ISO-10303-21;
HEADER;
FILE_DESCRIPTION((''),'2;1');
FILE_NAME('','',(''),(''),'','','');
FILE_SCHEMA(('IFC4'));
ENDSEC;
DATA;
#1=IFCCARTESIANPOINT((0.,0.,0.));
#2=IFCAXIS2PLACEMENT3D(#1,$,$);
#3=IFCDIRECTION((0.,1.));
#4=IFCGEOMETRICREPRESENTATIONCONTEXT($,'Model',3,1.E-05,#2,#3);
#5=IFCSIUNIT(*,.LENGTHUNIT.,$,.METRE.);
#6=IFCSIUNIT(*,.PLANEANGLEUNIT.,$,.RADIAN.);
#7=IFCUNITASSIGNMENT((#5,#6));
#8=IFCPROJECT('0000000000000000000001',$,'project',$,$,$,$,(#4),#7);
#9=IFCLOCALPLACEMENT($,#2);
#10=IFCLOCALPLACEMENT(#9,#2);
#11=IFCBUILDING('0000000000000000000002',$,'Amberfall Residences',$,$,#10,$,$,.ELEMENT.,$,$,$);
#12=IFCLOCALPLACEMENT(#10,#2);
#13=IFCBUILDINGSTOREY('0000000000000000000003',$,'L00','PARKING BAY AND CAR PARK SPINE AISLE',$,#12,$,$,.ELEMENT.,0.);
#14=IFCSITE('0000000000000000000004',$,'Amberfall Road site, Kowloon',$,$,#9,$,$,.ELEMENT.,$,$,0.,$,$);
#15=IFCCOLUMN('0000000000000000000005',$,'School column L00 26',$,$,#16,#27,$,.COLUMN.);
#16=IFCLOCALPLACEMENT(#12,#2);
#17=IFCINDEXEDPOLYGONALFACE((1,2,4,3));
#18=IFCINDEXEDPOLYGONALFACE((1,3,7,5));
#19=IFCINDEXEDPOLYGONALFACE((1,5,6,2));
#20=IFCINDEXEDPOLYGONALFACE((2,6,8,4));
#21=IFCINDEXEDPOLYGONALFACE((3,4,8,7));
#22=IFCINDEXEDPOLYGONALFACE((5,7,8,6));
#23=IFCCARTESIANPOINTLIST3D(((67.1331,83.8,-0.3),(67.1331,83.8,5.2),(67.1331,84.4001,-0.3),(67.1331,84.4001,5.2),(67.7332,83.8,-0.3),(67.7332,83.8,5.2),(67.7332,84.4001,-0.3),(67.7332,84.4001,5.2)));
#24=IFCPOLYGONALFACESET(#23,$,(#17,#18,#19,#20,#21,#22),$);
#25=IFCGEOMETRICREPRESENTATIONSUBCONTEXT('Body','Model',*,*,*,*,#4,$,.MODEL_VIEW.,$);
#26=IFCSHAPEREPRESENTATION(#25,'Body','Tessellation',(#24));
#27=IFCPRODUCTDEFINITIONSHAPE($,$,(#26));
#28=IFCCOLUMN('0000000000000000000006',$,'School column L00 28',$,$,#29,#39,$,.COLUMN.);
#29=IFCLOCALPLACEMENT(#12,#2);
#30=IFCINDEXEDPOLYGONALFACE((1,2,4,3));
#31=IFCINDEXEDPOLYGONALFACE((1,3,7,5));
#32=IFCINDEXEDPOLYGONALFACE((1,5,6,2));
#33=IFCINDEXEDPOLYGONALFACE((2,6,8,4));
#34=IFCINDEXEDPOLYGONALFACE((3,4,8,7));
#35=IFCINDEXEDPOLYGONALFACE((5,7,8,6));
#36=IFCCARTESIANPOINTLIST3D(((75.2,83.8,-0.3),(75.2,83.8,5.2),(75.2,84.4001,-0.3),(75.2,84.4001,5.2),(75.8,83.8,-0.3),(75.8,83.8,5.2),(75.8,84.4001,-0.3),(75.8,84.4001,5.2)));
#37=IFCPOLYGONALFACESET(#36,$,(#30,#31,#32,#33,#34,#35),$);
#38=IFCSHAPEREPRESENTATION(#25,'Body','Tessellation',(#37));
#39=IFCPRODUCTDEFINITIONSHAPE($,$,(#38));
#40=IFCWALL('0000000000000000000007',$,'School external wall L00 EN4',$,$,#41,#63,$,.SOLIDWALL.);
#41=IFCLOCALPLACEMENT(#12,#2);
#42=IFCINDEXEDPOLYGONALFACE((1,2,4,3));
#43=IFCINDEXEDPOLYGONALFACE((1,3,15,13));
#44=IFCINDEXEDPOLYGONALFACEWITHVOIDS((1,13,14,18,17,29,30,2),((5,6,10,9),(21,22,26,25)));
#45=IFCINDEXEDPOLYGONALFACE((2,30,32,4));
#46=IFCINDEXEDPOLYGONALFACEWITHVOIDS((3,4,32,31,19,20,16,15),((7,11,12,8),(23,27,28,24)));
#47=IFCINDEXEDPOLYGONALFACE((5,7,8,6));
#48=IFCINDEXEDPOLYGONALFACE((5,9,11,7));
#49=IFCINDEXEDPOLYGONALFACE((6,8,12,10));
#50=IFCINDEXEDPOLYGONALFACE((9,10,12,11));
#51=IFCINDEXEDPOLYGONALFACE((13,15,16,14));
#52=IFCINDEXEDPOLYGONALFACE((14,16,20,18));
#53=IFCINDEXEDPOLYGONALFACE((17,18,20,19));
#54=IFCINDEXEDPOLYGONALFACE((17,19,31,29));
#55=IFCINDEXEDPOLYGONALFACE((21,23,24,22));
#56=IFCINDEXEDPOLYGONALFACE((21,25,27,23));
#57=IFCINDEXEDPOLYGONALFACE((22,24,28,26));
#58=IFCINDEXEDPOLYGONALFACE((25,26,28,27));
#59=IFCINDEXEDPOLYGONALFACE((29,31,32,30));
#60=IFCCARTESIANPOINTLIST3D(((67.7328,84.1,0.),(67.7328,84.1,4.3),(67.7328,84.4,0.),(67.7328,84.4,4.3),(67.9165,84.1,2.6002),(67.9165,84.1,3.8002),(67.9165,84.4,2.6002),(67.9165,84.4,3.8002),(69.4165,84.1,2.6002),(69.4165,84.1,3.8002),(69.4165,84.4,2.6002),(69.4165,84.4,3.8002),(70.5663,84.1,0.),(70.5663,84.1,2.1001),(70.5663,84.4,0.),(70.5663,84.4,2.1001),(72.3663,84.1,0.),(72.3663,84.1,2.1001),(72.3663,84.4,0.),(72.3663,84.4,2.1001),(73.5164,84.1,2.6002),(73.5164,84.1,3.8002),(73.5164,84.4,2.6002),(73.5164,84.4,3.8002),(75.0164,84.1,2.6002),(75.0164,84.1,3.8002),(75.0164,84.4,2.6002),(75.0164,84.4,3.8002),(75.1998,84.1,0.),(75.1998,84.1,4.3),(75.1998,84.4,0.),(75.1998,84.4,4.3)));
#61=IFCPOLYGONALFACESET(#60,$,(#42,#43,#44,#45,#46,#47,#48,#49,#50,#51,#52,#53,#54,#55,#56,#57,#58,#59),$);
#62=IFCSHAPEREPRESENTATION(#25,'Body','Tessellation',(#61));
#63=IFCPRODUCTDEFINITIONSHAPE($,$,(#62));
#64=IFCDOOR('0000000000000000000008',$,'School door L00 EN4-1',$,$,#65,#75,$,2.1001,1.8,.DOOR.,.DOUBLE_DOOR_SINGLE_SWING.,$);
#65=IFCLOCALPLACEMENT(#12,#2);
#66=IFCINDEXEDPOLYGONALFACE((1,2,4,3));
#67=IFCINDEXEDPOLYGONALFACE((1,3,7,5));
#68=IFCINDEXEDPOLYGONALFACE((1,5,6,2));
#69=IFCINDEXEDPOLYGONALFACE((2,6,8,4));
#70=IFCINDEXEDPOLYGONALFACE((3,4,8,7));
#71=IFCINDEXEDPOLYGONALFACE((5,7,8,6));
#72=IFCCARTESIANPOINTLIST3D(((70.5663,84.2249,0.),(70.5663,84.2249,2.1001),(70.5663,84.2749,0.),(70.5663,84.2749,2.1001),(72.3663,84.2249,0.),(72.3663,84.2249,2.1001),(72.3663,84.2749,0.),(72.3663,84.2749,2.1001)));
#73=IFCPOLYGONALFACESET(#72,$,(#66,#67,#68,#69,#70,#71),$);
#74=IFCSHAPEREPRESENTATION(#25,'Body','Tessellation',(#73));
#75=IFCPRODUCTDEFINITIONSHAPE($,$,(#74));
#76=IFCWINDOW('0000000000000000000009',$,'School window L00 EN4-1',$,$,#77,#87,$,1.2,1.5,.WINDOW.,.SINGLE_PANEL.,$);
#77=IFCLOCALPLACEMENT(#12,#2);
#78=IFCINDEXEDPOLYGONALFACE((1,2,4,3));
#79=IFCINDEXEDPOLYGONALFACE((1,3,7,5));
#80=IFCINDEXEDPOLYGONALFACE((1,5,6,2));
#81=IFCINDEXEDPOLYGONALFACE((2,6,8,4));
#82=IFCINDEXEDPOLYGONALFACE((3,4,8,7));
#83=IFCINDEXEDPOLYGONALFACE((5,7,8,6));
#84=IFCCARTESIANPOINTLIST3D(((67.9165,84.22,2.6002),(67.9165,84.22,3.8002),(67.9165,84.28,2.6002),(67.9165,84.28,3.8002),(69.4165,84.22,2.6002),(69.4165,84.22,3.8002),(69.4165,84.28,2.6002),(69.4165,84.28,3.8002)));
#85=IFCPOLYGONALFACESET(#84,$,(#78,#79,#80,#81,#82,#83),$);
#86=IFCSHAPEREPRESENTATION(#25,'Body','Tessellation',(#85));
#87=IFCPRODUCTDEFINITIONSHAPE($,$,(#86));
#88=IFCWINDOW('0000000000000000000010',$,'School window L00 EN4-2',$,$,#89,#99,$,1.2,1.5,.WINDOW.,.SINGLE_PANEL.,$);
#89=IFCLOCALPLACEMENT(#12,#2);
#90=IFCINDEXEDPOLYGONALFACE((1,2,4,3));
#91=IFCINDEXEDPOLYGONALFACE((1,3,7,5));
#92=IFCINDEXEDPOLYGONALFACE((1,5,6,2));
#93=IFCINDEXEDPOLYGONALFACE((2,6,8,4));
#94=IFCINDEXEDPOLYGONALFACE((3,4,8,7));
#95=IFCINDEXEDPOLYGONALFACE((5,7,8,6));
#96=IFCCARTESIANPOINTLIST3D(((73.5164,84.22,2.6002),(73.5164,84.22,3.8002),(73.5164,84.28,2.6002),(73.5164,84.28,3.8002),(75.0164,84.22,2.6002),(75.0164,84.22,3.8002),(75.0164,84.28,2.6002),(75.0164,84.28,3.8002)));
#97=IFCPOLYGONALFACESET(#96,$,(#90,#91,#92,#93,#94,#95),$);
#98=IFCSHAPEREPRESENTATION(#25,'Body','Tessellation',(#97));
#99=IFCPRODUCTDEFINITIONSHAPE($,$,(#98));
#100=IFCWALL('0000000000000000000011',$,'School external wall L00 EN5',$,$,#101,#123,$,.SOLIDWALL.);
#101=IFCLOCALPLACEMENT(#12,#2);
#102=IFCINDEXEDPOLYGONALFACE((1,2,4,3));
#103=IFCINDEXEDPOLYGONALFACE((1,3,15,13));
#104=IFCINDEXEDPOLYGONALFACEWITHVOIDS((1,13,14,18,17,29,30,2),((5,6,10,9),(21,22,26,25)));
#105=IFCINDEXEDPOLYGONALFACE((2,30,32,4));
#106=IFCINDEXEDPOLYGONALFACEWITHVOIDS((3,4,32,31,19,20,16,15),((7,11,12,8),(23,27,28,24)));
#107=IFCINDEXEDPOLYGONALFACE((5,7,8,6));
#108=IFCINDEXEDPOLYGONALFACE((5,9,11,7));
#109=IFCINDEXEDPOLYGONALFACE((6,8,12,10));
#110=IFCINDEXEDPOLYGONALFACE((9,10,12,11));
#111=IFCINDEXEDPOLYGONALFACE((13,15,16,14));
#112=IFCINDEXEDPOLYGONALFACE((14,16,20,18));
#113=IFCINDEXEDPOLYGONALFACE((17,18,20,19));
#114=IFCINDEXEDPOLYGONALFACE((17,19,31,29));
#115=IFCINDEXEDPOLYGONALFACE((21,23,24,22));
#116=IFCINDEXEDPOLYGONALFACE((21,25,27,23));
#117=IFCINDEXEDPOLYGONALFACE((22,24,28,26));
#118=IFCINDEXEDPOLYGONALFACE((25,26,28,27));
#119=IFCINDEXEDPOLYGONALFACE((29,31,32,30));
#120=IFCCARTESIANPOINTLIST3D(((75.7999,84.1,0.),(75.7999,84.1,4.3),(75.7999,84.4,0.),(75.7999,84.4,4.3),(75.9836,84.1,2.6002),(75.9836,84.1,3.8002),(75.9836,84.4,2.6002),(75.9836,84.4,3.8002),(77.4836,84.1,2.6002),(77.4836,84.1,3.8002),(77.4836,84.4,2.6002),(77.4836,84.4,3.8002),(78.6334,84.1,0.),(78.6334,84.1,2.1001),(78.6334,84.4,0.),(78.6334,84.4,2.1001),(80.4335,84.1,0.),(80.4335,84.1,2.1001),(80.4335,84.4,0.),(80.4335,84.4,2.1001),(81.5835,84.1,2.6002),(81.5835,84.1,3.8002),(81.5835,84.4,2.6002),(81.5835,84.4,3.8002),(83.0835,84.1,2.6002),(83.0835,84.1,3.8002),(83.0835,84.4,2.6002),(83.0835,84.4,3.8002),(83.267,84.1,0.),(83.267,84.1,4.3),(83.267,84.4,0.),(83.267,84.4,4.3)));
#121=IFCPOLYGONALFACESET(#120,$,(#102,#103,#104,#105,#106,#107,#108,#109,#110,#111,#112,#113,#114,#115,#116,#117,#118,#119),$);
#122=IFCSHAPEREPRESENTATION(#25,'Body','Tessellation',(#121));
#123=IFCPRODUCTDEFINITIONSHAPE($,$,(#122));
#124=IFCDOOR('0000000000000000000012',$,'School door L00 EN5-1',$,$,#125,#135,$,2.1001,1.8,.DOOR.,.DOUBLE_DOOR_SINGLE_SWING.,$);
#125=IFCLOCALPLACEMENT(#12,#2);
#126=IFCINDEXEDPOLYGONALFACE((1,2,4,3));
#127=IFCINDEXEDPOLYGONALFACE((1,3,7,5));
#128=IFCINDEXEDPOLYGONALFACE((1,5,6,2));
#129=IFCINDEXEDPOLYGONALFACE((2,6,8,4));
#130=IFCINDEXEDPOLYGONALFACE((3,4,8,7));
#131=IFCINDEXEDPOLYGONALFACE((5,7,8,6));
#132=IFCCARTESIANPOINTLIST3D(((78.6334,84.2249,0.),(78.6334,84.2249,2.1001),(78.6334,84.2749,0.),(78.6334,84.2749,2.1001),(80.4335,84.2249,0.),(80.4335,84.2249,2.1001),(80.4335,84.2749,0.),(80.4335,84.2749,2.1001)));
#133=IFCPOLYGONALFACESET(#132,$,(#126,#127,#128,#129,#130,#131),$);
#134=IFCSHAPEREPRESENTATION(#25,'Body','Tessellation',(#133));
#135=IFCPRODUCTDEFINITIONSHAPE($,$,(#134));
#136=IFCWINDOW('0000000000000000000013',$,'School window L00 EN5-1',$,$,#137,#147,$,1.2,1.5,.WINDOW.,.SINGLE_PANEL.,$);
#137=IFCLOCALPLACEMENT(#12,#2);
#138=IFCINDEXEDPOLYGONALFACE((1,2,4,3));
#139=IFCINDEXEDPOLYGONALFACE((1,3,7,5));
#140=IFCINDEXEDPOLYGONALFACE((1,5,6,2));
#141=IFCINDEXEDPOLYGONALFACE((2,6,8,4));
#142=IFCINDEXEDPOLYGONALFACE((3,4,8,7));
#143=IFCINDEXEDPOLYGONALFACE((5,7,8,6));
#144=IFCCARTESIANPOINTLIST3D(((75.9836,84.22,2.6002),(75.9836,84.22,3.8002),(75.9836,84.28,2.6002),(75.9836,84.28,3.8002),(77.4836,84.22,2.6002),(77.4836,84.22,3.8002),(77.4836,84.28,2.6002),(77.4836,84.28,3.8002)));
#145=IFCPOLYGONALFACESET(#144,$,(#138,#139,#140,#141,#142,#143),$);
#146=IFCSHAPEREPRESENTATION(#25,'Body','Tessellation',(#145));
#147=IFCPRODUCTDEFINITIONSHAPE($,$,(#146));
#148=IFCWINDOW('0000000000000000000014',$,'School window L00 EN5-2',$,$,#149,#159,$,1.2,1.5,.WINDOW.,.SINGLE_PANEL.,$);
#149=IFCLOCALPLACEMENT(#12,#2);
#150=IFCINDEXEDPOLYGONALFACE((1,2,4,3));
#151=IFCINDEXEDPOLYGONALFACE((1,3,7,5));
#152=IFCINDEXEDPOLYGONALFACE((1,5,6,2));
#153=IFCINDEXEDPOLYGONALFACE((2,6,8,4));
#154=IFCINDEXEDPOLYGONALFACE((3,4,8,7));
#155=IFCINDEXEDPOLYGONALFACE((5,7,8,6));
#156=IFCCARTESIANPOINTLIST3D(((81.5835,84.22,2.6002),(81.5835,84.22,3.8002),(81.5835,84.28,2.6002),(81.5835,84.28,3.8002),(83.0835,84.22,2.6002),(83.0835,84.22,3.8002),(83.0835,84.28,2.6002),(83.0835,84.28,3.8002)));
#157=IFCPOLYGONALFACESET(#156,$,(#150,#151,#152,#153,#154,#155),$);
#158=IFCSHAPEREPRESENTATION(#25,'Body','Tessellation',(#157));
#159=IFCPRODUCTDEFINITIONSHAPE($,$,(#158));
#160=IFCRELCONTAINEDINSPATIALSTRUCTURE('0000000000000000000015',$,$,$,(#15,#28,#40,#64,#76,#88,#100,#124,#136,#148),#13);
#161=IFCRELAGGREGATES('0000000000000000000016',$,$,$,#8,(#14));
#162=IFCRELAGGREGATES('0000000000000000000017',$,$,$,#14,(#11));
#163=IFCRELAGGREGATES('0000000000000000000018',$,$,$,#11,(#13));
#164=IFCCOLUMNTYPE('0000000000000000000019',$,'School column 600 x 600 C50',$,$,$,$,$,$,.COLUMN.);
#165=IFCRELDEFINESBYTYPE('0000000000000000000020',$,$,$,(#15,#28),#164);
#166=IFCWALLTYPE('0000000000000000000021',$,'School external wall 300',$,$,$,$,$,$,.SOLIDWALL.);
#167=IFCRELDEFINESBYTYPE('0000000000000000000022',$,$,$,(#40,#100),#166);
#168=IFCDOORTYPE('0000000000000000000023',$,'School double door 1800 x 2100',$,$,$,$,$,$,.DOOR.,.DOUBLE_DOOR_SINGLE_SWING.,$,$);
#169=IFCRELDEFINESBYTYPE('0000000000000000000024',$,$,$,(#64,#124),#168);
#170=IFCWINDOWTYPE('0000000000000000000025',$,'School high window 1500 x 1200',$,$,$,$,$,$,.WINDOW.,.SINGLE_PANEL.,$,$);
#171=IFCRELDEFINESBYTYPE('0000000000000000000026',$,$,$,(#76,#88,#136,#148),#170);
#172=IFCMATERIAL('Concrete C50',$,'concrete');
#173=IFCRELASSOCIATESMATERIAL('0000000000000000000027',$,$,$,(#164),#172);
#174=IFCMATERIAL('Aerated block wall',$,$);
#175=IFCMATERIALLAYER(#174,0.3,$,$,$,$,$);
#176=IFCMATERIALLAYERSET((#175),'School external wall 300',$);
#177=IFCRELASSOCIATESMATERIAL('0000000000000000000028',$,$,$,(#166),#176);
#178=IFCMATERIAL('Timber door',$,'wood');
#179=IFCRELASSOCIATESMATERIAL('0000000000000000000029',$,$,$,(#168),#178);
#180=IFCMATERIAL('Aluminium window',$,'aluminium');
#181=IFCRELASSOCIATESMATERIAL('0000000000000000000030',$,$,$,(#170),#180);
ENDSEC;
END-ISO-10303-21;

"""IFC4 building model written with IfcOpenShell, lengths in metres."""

from ifc_helpers import new_model, si_unit, direction, frame, frame_2d, origin, origin_2d, place, context, subcontext, project, spatial, rectangle, extrude, material, layer, layer_set, material_profile, profile_set, type_object, element, fill, save


model = new_model("IFC4")

# Units and contexts
model_context = context("Model", 3, precision=1e-05, world=origin(), true_north=direction((0.0, 1.0)))
body_context = subcontext(model_context, "Body", "Model", "MODEL_VIEW")
ifc_project = project(units=[si_unit("LENGTHUNIT", "METRE"), si_unit("PLANEANGLEUNIT", "RADIAN")], contexts=[model_context])

# Site, building, storey
site_placement = place(None, origin())
site = spatial("IfcSite", under=ifc_project, at=site_placement, Name="Amberfall Road site, Kowloon", CompositionType="ELEMENT", RefElevation=0.0)
building_placement = place(site_placement, origin())
building = spatial("IfcBuilding", under=site, at=building_placement, Name="Amberfall Residences", CompositionType="ELEMENT")
storey_placement = place(building_placement, origin())
storey = spatial("IfcBuildingStorey", under=building, at=storey_placement, Name="L00", Description="PARKING BAY AND CAR PARK SPINE AISLE", CompositionType="ELEMENT", Elevation=0.0)

# Columns
ifc_material_1 = material(Name="Concrete C50", Category="concrete")
ifc_material_profile = material_profile(ifc_material_1, rectangle(XDim=0.6001, YDim=0.6001, at=origin_2d()), Name="School column 600 x 600 C50")
ifc_profile_set = profile_set([ifc_material_profile], Name="Concrete C50")
column_type = type_object("IfcColumnType", Name="School column 600 x 600 C50", PredefinedType="COLUMN", material=ifc_profile_set)
for number, where, z_axis, x_axis, name in (
    (1, (67.4331, 84.1001, -0.3), (0.0, 0.0, 1.0), (1.0, 0.0, 0.0), "School column L00 26"),
    (2, (75.5, 84.1001, -0.3), (0.0, 0.0, 1.0), (1.0, 0.0, 0.0), "School column L00 28"),
):
    element("IfcColumn", number, at=place(storey_placement, frame(where, z_axis=z_axis, x_axis=x_axis)), inside=storey, type_object=column_type, Name=name, PredefinedType="COLUMN", context=body_context, shape_type="SweptSolid", body=[
        extrude(rectangle(XDim=0.6001, YDim=0.6001, at=origin_2d()), origin(), (0.0, 0.0, 1.0), 5.5),
    ])

# Walls, openings, doors, windows
ifc_material_2 = material(Name="Aerated block wall")
ifc_layer_1 = layer(ifc_material_2, 0.3)
ifc_layer_set_1 = layer_set([ifc_layer_1], Name="School external wall 300")
wall_type_1 = type_object("IfcWallType", Name="School external wall 300", PredefinedType="SOLIDWALL", material=ifc_layer_set_1)
wall_1_placement = place(storey_placement, frame((67.7329, 84.25, 0.0), z_axis=(0.0, 0.0, 1.0), x_axis=(1.0, 0.0, 0.0)))
wall_1 = element("IfcWall", 3, at=wall_1_placement, inside=storey, type_object=wall_type_1, Name="School external wall L00 EN4", PredefinedType="SOLIDWALL", context=body_context, shape_type="SweptSolid", body=[
    extrude(rectangle(XDim=7.467, YDim=0.3, at=frame_2d((3.7334, 0.0))), origin(), (0.0, 0.0, 1.0), 4.3),
])
opening_1_placement = place(wall_1_placement, frame((2.8335, 0.0, 0.0)))
opening_1 = element("IfcOpeningElement", 4, at=opening_1_placement, cuts=wall_1, PredefinedType="OPENING", context=body_context, shape_type="SweptSolid", body=[
    extrude(rectangle(XDim=1.8, YDim=2.1001, at=frame_2d((0.8999, 1.05))), frame((0.0, 0.1599, 0.0), z_axis=(0.0, -1.0, 0.0), x_axis=(1.0, 0.0, 0.0)), (0.0, 0.0, 1.0), 0.3201),
])
opening_2_placement = place(wall_1_placement, frame((0.1836, 0.0, 2.6001)))
opening_2 = element("IfcOpeningElement", 5, at=opening_2_placement, cuts=wall_1, PredefinedType="OPENING", context=body_context, shape_type="SweptSolid", body=[
    extrude(rectangle(XDim=1.5, YDim=1.2, at=frame_2d((0.75, 0.6001))), frame((0.0, 0.1599, 0.0), z_axis=(0.0, -1.0, 0.0), x_axis=(1.0, 0.0, 0.0)), (0.0, 0.0, 1.0), 0.3201),
])
opening_3_placement = place(wall_1_placement, frame((5.7834, 0.0, 2.6001)))
opening_3 = element("IfcOpeningElement", 6, at=opening_3_placement, cuts=wall_1, PredefinedType="OPENING", context=body_context, shape_type="SweptSolid", body=[
    extrude(rectangle(XDim=1.5, YDim=1.2, at=frame_2d((0.75, 0.6001))), frame((0.0, 0.1599, 0.0), z_axis=(0.0, -1.0, 0.0), x_axis=(1.0, 0.0, 0.0)), (0.0, 0.0, 1.0), 0.3201),
])
ifc_material_3 = material(Name="Timber door", Category="wood")
door_type_1 = type_object("IfcDoorType", Name="School double door 1800 x 2100", OperationType="DOUBLE_DOOR_SINGLE_SWING", PredefinedType="DOOR", material=ifc_material_3)
door_1_placement = place(opening_1_placement, origin())
door_1 = element("IfcDoor", 7, at=door_1_placement, inside=storey, type_object=door_type_1, Name="School door L00 EN4-1", OperationType="DOUBLE_DOOR_SINGLE_SWING", OverallHeight=2.1001, OverallWidth=1.8, PredefinedType="DOOR", context=body_context, shape_type="SweptSolid", body=[
    extrude(rectangle(XDim=1.8, YDim=2.1001, at=frame_2d((0.8999, 1.05))), frame((0.0, 0.0249, 0.0), z_axis=(0.0, -1.0, 0.0), x_axis=(1.0, 0.0, 0.0)), (0.0, 0.0, 1.0), 0.05),
])
fill(opening_1, door_1)
ifc_material_4 = material(Name="Aluminium window", Category="aluminium")
window_type = type_object("IfcWindowType", Name="School high window 1500 x 1200", PartitioningType="SINGLE_PANEL", PredefinedType="WINDOW", material=ifc_material_4)
window_1_placement = place(opening_2_placement, origin())
window_1 = element("IfcWindow", 8, at=window_1_placement, inside=storey, type_object=window_type, Name="School window L00 EN4-1", OverallHeight=1.2, OverallWidth=1.5, PartitioningType="SINGLE_PANEL", PredefinedType="WINDOW", context=body_context, shape_type="SweptSolid", body=[
    extrude(rectangle(XDim=1.5, YDim=1.2, at=frame_2d((0.75, 0.6001))), frame((0.0, 0.03, 0.0), z_axis=(0.0, -1.0, 0.0), x_axis=(1.0, 0.0, 0.0)), (0.0, 0.0, 1.0), 0.0601),
])
fill(opening_2, window_1)
window_2_placement = place(opening_3_placement, origin())
window_2 = element("IfcWindow", 9, at=window_2_placement, inside=storey, type_object=window_type, Name="School window L00 EN4-2", OverallHeight=1.2, OverallWidth=1.5, PartitioningType="SINGLE_PANEL", PredefinedType="WINDOW", context=body_context, shape_type="SweptSolid", body=[
    extrude(rectangle(XDim=1.5, YDim=1.2, at=frame_2d((0.75, 0.6001))), frame((0.0, 0.03, 0.0), z_axis=(0.0, -1.0, 0.0), x_axis=(1.0, 0.0, 0.0)), (0.0, 0.0, 1.0), 0.0601),
])
fill(opening_3, window_2)
wall_2_placement = place(storey_placement, frame((75.8, 84.25, 0.0), z_axis=(0.0, 0.0, 1.0), x_axis=(1.0, 0.0, 0.0)))
wall_2 = element("IfcWall", 10, at=wall_2_placement, inside=storey, type_object=wall_type_1, Name="School external wall L00 EN5", PredefinedType="SOLIDWALL", context=body_context, shape_type="SweptSolid", body=[
    extrude(rectangle(XDim=7.467, YDim=0.3, at=frame_2d((3.7334, 0.0))), origin(), (0.0, 0.0, 1.0), 4.3),
])
opening_4_placement = place(wall_2_placement, frame((2.8335, 0.0, 0.0)))
opening_4 = element("IfcOpeningElement", 11, at=opening_4_placement, cuts=wall_2, PredefinedType="OPENING", context=body_context, shape_type="SweptSolid", body=[
    extrude(rectangle(XDim=1.8, YDim=2.1001, at=frame_2d((0.8999, 1.05))), frame((0.0, 0.1599, 0.0), z_axis=(0.0, -1.0, 0.0), x_axis=(1.0, 0.0, 0.0)), (0.0, 0.0, 1.0), 0.3201),
])
opening_5_placement = place(wall_2_placement, frame((0.1836, 0.0, 2.6001)))
opening_5 = element("IfcOpeningElement", 12, at=opening_5_placement, cuts=wall_2, PredefinedType="OPENING", context=body_context, shape_type="SweptSolid", body=[
    extrude(rectangle(XDim=1.5, YDim=1.2, at=frame_2d((0.75, 0.6001))), frame((0.0, 0.1599, 0.0), z_axis=(0.0, -1.0, 0.0), x_axis=(1.0, 0.0, 0.0)), (0.0, 0.0, 1.0), 0.3201),
])
opening_6_placement = place(wall_2_placement, frame((5.7834, 0.0, 2.6001)))
opening_6 = element("IfcOpeningElement", 13, at=opening_6_placement, cuts=wall_2, PredefinedType="OPENING", context=body_context, shape_type="SweptSolid", body=[
    extrude(rectangle(XDim=1.5, YDim=1.2, at=frame_2d((0.75, 0.6001))), frame((0.0, 0.1599, 0.0), z_axis=(0.0, -1.0, 0.0), x_axis=(1.0, 0.0, 0.0)), (0.0, 0.0, 1.0), 0.3201),
])
door_2_placement = place(opening_4_placement, origin())
door_2 = element("IfcDoor", 14, at=door_2_placement, inside=storey, type_object=door_type_1, Name="School door L00 EN5-1", OperationType="DOUBLE_DOOR_SINGLE_SWING", OverallHeight=2.1001, OverallWidth=1.8, PredefinedType="DOOR", context=body_context, shape_type="SweptSolid", body=[
    extrude(rectangle(XDim=1.8, YDim=2.1001, at=frame_2d((0.8999, 1.05))), frame((0.0, 0.0249, 0.0), z_axis=(0.0, -1.0, 0.0), x_axis=(1.0, 0.0, 0.0)), (0.0, 0.0, 1.0), 0.05),
])
fill(opening_4, door_2)
window_3_placement = place(opening_5_placement, origin())
window_3 = element("IfcWindow", 15, at=window_3_placement, inside=storey, type_object=window_type, Name="School window L00 EN5-1", OverallHeight=1.2, OverallWidth=1.5, PartitioningType="SINGLE_PANEL", PredefinedType="WINDOW", context=body_context, shape_type="SweptSolid", body=[
    extrude(rectangle(XDim=1.5, YDim=1.2, at=frame_2d((0.75, 0.6001))), frame((0.0, 0.03, 0.0), z_axis=(0.0, -1.0, 0.0), x_axis=(1.0, 0.0, 0.0)), (0.0, 0.0, 1.0), 0.0601),
])
fill(opening_5, window_3)
window_4_placement = place(opening_6_placement, origin())
window_4 = element("IfcWindow", 16, at=window_4_placement, inside=storey, type_object=window_type, Name="School window L00 EN5-2", OverallHeight=1.2, OverallWidth=1.5, PartitioningType="SINGLE_PANEL", PredefinedType="WINDOW", context=body_context, shape_type="SweptSolid", body=[
    extrude(rectangle(XDim=1.5, YDim=1.2, at=frame_2d((0.75, 0.6001))), frame((0.0, 0.03, 0.0), z_axis=(0.0, -1.0, 0.0), x_axis=(1.0, 0.0, 0.0)), (0.0, 0.0, 1.0), 0.0601),
])
fill(opening_6, window_4)

save(model, "model.ifc")
